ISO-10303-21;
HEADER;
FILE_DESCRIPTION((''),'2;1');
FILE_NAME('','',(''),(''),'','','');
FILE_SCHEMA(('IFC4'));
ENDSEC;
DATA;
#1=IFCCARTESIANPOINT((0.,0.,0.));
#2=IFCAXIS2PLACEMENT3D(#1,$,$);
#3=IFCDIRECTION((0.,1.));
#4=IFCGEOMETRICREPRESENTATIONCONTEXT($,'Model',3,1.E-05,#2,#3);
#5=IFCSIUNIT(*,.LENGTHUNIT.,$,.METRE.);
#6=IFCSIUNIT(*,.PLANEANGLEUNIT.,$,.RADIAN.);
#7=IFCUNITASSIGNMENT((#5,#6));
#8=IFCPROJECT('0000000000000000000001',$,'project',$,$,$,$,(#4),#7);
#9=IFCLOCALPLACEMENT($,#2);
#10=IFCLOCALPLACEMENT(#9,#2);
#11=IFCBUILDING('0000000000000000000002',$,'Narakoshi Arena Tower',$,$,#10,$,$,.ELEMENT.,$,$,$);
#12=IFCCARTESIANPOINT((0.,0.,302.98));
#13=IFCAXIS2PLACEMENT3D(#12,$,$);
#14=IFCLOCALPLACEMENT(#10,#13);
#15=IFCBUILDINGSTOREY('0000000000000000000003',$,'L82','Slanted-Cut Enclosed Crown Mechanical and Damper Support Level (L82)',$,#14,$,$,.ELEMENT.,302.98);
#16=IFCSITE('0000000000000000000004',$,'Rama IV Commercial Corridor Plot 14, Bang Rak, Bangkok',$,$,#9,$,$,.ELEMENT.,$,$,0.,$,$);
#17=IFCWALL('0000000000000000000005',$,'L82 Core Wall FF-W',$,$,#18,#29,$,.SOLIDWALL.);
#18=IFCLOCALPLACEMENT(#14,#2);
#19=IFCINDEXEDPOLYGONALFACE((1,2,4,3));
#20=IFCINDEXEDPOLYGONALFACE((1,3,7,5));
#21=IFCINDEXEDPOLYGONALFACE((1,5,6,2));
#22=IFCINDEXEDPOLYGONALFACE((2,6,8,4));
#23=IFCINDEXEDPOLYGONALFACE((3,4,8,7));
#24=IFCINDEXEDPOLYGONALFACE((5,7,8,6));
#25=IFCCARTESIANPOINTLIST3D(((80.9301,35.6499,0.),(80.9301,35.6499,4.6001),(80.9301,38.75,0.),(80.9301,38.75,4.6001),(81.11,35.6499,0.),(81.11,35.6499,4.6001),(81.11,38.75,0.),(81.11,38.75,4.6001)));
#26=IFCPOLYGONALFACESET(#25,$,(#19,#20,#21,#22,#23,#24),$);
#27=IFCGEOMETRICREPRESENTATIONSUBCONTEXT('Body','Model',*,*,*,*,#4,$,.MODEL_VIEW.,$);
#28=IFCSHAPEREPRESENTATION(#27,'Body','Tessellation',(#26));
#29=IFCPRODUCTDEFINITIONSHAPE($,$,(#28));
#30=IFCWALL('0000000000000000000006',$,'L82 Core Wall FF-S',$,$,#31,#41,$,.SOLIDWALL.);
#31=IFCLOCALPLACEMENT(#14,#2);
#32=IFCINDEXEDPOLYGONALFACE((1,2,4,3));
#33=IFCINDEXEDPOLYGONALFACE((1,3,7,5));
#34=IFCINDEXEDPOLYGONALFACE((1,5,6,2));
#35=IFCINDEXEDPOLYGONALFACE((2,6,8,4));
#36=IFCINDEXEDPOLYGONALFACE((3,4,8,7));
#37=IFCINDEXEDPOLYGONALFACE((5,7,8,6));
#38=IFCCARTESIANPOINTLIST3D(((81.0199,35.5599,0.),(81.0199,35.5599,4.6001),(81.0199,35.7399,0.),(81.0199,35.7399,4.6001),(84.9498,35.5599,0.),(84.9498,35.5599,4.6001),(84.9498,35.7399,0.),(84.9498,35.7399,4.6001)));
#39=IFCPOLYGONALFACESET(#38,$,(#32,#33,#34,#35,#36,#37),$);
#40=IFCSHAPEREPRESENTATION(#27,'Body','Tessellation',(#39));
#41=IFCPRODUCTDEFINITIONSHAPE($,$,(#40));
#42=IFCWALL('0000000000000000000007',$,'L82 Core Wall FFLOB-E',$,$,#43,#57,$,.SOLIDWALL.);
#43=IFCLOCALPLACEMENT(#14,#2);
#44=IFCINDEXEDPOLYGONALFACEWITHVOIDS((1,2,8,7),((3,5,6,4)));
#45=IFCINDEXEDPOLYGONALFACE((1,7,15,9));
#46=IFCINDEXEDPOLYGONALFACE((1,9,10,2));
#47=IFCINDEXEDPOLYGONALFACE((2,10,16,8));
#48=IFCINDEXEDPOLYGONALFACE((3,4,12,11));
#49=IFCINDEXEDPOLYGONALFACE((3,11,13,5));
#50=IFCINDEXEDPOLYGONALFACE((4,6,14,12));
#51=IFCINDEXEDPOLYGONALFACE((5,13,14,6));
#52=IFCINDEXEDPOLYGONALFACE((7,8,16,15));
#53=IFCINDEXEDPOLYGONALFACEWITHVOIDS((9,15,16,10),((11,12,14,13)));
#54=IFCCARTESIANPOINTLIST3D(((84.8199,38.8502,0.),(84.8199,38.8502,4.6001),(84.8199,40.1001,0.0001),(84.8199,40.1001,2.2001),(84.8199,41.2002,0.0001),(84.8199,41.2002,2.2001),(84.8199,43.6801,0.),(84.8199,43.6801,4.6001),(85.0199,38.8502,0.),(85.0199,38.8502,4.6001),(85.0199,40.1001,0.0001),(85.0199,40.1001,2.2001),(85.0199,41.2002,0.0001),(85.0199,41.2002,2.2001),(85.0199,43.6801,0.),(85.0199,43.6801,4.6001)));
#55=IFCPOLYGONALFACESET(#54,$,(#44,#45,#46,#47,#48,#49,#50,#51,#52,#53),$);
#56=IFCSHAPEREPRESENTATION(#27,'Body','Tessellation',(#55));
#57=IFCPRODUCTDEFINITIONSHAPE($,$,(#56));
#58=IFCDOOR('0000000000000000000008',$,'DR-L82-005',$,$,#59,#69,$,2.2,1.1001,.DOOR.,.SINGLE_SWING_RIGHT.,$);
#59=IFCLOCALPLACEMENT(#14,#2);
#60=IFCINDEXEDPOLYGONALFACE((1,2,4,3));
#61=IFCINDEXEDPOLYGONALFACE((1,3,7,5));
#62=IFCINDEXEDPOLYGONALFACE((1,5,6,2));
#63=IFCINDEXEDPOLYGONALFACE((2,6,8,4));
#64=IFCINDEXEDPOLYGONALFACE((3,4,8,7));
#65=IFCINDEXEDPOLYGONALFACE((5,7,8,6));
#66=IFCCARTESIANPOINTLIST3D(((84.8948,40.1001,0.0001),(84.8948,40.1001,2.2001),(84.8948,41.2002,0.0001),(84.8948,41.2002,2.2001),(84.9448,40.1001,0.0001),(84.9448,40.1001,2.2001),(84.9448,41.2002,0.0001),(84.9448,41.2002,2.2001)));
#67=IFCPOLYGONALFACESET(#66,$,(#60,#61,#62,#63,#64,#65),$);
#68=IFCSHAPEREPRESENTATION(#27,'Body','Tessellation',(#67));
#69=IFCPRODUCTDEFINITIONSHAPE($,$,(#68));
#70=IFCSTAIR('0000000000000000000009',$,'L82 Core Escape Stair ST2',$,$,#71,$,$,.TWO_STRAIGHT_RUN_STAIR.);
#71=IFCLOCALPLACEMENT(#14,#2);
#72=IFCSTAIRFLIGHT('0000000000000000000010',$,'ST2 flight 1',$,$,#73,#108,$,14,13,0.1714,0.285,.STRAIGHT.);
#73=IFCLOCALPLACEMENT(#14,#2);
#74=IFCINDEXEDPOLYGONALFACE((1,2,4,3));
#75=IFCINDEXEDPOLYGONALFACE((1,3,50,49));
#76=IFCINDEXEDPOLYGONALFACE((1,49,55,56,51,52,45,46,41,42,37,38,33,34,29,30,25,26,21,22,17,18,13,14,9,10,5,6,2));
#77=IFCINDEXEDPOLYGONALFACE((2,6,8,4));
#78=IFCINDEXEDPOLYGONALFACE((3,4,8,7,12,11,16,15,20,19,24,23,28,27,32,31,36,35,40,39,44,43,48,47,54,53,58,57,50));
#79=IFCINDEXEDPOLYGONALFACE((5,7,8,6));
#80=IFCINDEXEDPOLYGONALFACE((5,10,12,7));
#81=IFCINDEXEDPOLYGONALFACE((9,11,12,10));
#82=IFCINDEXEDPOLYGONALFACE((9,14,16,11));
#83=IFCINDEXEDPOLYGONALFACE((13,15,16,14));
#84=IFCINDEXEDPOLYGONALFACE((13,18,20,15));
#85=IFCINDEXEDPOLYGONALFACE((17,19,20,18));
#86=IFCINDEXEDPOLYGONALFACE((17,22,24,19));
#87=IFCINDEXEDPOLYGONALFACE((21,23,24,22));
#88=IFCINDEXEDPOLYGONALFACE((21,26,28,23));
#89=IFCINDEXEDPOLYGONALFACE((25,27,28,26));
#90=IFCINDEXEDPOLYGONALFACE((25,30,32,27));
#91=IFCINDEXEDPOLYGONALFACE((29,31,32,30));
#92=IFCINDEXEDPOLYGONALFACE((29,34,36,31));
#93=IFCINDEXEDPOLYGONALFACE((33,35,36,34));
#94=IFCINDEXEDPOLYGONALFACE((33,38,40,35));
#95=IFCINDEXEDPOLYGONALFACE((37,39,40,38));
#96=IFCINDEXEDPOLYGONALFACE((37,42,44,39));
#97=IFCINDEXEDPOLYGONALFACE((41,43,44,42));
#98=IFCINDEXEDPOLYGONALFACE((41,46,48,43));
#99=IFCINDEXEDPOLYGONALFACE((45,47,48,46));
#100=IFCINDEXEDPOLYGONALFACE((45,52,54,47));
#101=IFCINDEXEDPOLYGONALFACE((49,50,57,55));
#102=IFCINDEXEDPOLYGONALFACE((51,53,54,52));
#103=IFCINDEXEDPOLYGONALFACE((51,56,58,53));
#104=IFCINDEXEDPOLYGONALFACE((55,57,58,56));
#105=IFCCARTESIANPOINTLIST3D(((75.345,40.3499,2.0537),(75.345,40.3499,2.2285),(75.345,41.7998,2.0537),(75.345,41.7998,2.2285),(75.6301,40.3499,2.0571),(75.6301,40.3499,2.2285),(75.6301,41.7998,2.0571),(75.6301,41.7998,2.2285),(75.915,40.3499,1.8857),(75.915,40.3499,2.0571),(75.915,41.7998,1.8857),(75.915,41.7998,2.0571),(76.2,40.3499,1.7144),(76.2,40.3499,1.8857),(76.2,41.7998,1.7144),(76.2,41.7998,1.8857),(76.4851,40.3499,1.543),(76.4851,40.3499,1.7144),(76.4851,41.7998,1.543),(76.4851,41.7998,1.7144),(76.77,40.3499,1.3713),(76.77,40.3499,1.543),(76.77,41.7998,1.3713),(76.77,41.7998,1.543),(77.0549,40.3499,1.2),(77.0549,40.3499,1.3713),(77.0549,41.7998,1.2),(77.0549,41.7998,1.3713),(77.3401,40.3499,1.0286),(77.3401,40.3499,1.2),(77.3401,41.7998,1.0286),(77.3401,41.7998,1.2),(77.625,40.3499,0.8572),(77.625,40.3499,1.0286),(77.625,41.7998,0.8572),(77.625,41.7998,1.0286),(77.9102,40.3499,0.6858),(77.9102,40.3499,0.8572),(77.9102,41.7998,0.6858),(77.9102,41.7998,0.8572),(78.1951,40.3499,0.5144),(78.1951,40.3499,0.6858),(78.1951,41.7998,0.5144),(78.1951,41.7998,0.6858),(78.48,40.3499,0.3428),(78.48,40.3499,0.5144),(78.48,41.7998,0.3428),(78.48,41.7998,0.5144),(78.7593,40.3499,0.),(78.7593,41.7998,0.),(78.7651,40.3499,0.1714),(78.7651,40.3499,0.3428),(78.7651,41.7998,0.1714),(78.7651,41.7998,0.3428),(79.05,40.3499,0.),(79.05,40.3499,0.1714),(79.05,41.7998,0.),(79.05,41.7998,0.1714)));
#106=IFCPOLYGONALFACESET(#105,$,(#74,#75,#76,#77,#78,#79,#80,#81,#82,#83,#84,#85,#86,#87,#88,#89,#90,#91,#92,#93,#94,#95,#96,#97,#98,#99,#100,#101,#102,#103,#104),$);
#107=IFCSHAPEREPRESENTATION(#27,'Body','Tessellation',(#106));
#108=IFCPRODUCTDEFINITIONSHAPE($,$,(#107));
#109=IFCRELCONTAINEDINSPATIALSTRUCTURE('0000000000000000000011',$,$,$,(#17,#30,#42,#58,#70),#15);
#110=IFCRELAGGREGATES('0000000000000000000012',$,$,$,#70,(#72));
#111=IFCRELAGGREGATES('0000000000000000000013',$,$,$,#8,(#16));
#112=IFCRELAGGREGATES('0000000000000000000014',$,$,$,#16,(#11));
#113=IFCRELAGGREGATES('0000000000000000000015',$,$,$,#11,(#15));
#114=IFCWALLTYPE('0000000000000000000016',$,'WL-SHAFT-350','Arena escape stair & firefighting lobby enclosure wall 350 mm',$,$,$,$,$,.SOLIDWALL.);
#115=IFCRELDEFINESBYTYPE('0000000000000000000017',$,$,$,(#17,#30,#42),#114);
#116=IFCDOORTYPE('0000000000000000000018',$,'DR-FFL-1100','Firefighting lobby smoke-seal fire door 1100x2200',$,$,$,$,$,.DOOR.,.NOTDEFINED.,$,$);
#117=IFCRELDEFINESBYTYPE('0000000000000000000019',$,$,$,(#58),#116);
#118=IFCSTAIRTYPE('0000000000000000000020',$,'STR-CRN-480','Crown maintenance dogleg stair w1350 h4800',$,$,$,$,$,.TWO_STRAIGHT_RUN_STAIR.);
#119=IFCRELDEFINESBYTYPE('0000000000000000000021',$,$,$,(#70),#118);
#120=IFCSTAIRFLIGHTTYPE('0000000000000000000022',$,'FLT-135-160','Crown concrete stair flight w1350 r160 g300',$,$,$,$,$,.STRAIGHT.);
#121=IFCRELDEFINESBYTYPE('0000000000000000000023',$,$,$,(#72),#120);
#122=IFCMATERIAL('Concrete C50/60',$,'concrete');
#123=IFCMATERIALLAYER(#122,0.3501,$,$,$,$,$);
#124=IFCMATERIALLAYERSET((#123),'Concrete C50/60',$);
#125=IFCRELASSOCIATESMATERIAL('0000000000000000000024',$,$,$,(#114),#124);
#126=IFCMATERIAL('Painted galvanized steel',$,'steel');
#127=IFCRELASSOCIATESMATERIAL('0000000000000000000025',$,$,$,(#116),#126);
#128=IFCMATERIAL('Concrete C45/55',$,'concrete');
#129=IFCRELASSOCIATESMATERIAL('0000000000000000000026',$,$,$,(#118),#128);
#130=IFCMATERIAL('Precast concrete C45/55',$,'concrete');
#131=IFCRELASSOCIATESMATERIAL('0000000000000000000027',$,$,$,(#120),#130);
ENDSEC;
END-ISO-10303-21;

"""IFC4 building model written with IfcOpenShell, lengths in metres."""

from ifc_helpers import new_model, si_unit, direction, frame, frame_2d, origin, place, context, subcontext, project, spatial, polyline, rectangle, outline, extrude, material, layer, layer_set, type_object, element, fill, aggregate, save


model = new_model("IFC4")

# Units and contexts
model_context = context("Model", 3, precision=1e-05, world=origin(), true_north=direction((0.0, 1.0)))
body_context = subcontext(model_context, "Body", "Model", "MODEL_VIEW")
ifc_project = project(units=[si_unit("LENGTHUNIT", "METRE"), si_unit("PLANEANGLEUNIT", "RADIAN")], contexts=[model_context])

# Site, building, storey
site_placement = place(None, origin())
site = spatial("IfcSite", under=ifc_project, at=site_placement, Name="Rama IV Commercial Corridor Plot 14, Bang Rak, Bangkok", CompositionType="ELEMENT", RefElevation=0.0)
building_placement = place(site_placement, origin())
building = spatial("IfcBuilding", under=site, at=building_placement, Name="Narakoshi Arena Tower", CompositionType="ELEMENT")
storey_placement = place(building_placement, frame((0.0, 0.0, 302.98)))
storey = spatial("IfcBuildingStorey", under=building, at=storey_placement, Name="L82", Description="Slanted-Cut Enclosed Crown Mechanical and Damper Support Level (L82)", CompositionType="ELEMENT", Elevation=302.98)

# Shared definitions
ifc_material_1 = material(Name="Concrete C50/60", Category="concrete")

# Shared definitions
ifc_material_2 = material(Name="Painted galvanized steel", Category="steel")

# Shared definitions
ifc_material_3 = material(Name="Precast concrete C45/55", Category="concrete")

# Shared definitions
ifc_layer_1 = layer(ifc_material_1, 0.3501)
ifc_layer_set_1 = layer_set([ifc_layer_1], Name="Concrete C50/60")
wall_type_1 = type_object("IfcWallType", Name="WL-SHAFT-350", Description="Arena escape stair & firefighting lobby enclosure wall 350 mm", PredefinedType="SOLIDWALL", material=ifc_layer_set_1)

# Walls
for number, where, z_axis, x_axis, name in (
    (1, (81.02, 35.6499, 0.0), (0.0, 0.0, 1.0), (0.0, 1.0, 0.0), "L82 Core Wall FF-W"),
):
    element("IfcWall", number, at=place(storey_placement, frame(where, z_axis=z_axis, x_axis=x_axis)), inside=storey, type_object=wall_type_1, Name=name, PredefinedType="SOLIDWALL", context=body_context, shape_type="SweptSolid", body=[
        extrude(rectangle(XDim=3.1001, YDim=0.1799, at=frame_2d((1.55, 0.0))), origin(), (0.0, 0.0, 1.0), 4.6001),
    ])
wall_1_placement = place(storey_placement, frame((81.02, 35.6499, 0.0), z_axis=(0.0, 0.0, 1.0), x_axis=(1.0, 0.0, 0.0)))
element("IfcWall", 2, at=wall_1_placement, inside=storey, type_object=wall_type_1, Name="L82 Core Wall FF-S", PredefinedType="SOLIDWALL", context=body_context, shape_type="SweptSolid", body=[
    extrude(rectangle(XDim=3.9299, YDim=0.1799, at=frame_2d((1.9648, 0.0))), origin(), (0.0, 0.0, 1.0), 4.6001),
])

# Wall, opening, door
wall_2_placement = place(storey_placement, frame((84.9199, 38.8501, 0.0), z_axis=(0.0, 0.0, 1.0), x_axis=(0.0, 1.0, 0.0)))
wall_2 = element("IfcWall", 3, at=wall_2_placement, inside=storey, type_object=wall_type_1, Name="L82 Core Wall FFLOB-E", PredefinedType="SOLIDWALL", context=body_context, shape_type="SweptSolid", body=[
    extrude(rectangle(XDim=4.8298, YDim=0.2, at=frame_2d((2.415, 0.0))), origin(), (0.0, 0.0, 1.0), 4.6001),
])
opening_1_placement = place(wall_2_placement, frame((1.25, 0.0, 0.0)))
opening_1 = element("IfcOpeningElement", 4, at=opening_1_placement, cuts=wall_2, PredefinedType="OPENING", context=body_context, shape_type="SweptSolid", body=[
    extrude(rectangle(XDim=1.1001, YDim=2.2, at=frame_2d((0.55, 1.1001))), frame((0.0, 0.1099, 0.0), z_axis=(0.0, -1.0, 0.0), x_axis=(1.0, 0.0, 0.0)), (0.0, 0.0, 1.0), 0.22),
])
door_type_1 = type_object("IfcDoorType", Name="DR-FFL-1100", Description="Firefighting lobby smoke-seal fire door 1100x2200", OperationType="NOTDEFINED", PredefinedType="DOOR", material=ifc_material_2)
door_1_placement = place(opening_1_placement, frame((1.1001, 0.0, 0.0), z_axis=(0.0, 0.0, 1.0), x_axis=(-1.0, 0.0, 0.0)))
door_1 = element("IfcDoor", 5, at=door_1_placement, inside=storey, type_object=door_type_1, Name="DR-L82-005", OperationType="SINGLE_SWING_RIGHT", OverallHeight=2.2, OverallWidth=1.1001, PredefinedType="DOOR", context=body_context, shape_type="SweptSolid", body=[
    extrude(rectangle(XDim=1.1001, YDim=2.2, at=frame_2d((0.55, 1.1001))), frame((0.0, 0.0249, 0.0), z_axis=(0.0, -1.0, 0.0), x_axis=(1.0, 0.0, 0.0)), (0.0, 0.0, 1.0), 0.05),
])
fill(opening_1, door_1)

# Stair, stair flight
ifc_material_4 = material(Name="Concrete C45/55", Category="concrete")
stair_type = type_object("IfcStairType", Name="STR-CRN-480", Description="Crown maintenance dogleg stair w1350 h4800", PredefinedType="TWO_STRAIGHT_RUN_STAIR", material=ifc_material_4)
stair_placement = place(storey_placement, origin())
stair = element("IfcStair", 6, at=stair_placement, inside=storey, type_object=stair_type, Name="L82 Core Escape Stair ST2", PredefinedType="TWO_STRAIGHT_RUN_STAIR")
stair_flight_type = type_object("IfcStairFlightType", Name="FLT-135-160", Description="Crown concrete stair flight w1350 r160 g300", PredefinedType="STRAIGHT", material=ifc_material_3)
stair_flight_placement = place(storey_placement, frame((79.05, 41.075, 0.0), z_axis=(0.0, 0.0, 1.0), x_axis=(-1.0, 0.0, 0.0)))
stair_flight = element("IfcStairFlight", 7, at=stair_flight_placement, type_object=stair_flight_type, Name="ST2 flight 1", NumberOfRisers=14, NumberOfTreads=13, PredefinedType="STRAIGHT", RiserHeight=0.1714, TreadLength=0.285, context=body_context, shape_type="SweptSolid", body=[
    extrude(outline(polyline([(0.0, 0.0), (0.0, 0.1714), (0.2849, 0.1714), (0.2849, 0.3428), (0.5701, 0.3428), (0.5701, 0.5144), (0.855, 0.5144), (0.855, 0.6858), (1.1399, 0.6858), (1.1399, 0.8572), (1.425, 0.8572), (1.425, 1.0286), (1.71, 1.0286), (1.71, 1.2), (1.9951, 1.2), (1.9951, 1.3713), (2.28, 1.3713), (2.28, 1.543), (2.5649, 1.543), (2.5649, 1.7144), (2.8501, 1.7144), (2.8501, 1.8857), (3.135, 1.8857), (3.135, 2.0571), (3.4199, 2.0571), (3.4199, 2.2285), (3.7051, 2.2285), (3.7051, 2.3999), (3.7051, 2.0537), (0.2908, 0.0), (0.0, 0.0)])), frame((0.0, 0.7251, 0.0), z_axis=(0.0, -1.0, 0.0), x_axis=(1.0, 0.0, 0.0)), (0.0, 0.0, 1.0), 1.45),
])
aggregate(stair, [stair_flight])

save(model, "model.ifc")
